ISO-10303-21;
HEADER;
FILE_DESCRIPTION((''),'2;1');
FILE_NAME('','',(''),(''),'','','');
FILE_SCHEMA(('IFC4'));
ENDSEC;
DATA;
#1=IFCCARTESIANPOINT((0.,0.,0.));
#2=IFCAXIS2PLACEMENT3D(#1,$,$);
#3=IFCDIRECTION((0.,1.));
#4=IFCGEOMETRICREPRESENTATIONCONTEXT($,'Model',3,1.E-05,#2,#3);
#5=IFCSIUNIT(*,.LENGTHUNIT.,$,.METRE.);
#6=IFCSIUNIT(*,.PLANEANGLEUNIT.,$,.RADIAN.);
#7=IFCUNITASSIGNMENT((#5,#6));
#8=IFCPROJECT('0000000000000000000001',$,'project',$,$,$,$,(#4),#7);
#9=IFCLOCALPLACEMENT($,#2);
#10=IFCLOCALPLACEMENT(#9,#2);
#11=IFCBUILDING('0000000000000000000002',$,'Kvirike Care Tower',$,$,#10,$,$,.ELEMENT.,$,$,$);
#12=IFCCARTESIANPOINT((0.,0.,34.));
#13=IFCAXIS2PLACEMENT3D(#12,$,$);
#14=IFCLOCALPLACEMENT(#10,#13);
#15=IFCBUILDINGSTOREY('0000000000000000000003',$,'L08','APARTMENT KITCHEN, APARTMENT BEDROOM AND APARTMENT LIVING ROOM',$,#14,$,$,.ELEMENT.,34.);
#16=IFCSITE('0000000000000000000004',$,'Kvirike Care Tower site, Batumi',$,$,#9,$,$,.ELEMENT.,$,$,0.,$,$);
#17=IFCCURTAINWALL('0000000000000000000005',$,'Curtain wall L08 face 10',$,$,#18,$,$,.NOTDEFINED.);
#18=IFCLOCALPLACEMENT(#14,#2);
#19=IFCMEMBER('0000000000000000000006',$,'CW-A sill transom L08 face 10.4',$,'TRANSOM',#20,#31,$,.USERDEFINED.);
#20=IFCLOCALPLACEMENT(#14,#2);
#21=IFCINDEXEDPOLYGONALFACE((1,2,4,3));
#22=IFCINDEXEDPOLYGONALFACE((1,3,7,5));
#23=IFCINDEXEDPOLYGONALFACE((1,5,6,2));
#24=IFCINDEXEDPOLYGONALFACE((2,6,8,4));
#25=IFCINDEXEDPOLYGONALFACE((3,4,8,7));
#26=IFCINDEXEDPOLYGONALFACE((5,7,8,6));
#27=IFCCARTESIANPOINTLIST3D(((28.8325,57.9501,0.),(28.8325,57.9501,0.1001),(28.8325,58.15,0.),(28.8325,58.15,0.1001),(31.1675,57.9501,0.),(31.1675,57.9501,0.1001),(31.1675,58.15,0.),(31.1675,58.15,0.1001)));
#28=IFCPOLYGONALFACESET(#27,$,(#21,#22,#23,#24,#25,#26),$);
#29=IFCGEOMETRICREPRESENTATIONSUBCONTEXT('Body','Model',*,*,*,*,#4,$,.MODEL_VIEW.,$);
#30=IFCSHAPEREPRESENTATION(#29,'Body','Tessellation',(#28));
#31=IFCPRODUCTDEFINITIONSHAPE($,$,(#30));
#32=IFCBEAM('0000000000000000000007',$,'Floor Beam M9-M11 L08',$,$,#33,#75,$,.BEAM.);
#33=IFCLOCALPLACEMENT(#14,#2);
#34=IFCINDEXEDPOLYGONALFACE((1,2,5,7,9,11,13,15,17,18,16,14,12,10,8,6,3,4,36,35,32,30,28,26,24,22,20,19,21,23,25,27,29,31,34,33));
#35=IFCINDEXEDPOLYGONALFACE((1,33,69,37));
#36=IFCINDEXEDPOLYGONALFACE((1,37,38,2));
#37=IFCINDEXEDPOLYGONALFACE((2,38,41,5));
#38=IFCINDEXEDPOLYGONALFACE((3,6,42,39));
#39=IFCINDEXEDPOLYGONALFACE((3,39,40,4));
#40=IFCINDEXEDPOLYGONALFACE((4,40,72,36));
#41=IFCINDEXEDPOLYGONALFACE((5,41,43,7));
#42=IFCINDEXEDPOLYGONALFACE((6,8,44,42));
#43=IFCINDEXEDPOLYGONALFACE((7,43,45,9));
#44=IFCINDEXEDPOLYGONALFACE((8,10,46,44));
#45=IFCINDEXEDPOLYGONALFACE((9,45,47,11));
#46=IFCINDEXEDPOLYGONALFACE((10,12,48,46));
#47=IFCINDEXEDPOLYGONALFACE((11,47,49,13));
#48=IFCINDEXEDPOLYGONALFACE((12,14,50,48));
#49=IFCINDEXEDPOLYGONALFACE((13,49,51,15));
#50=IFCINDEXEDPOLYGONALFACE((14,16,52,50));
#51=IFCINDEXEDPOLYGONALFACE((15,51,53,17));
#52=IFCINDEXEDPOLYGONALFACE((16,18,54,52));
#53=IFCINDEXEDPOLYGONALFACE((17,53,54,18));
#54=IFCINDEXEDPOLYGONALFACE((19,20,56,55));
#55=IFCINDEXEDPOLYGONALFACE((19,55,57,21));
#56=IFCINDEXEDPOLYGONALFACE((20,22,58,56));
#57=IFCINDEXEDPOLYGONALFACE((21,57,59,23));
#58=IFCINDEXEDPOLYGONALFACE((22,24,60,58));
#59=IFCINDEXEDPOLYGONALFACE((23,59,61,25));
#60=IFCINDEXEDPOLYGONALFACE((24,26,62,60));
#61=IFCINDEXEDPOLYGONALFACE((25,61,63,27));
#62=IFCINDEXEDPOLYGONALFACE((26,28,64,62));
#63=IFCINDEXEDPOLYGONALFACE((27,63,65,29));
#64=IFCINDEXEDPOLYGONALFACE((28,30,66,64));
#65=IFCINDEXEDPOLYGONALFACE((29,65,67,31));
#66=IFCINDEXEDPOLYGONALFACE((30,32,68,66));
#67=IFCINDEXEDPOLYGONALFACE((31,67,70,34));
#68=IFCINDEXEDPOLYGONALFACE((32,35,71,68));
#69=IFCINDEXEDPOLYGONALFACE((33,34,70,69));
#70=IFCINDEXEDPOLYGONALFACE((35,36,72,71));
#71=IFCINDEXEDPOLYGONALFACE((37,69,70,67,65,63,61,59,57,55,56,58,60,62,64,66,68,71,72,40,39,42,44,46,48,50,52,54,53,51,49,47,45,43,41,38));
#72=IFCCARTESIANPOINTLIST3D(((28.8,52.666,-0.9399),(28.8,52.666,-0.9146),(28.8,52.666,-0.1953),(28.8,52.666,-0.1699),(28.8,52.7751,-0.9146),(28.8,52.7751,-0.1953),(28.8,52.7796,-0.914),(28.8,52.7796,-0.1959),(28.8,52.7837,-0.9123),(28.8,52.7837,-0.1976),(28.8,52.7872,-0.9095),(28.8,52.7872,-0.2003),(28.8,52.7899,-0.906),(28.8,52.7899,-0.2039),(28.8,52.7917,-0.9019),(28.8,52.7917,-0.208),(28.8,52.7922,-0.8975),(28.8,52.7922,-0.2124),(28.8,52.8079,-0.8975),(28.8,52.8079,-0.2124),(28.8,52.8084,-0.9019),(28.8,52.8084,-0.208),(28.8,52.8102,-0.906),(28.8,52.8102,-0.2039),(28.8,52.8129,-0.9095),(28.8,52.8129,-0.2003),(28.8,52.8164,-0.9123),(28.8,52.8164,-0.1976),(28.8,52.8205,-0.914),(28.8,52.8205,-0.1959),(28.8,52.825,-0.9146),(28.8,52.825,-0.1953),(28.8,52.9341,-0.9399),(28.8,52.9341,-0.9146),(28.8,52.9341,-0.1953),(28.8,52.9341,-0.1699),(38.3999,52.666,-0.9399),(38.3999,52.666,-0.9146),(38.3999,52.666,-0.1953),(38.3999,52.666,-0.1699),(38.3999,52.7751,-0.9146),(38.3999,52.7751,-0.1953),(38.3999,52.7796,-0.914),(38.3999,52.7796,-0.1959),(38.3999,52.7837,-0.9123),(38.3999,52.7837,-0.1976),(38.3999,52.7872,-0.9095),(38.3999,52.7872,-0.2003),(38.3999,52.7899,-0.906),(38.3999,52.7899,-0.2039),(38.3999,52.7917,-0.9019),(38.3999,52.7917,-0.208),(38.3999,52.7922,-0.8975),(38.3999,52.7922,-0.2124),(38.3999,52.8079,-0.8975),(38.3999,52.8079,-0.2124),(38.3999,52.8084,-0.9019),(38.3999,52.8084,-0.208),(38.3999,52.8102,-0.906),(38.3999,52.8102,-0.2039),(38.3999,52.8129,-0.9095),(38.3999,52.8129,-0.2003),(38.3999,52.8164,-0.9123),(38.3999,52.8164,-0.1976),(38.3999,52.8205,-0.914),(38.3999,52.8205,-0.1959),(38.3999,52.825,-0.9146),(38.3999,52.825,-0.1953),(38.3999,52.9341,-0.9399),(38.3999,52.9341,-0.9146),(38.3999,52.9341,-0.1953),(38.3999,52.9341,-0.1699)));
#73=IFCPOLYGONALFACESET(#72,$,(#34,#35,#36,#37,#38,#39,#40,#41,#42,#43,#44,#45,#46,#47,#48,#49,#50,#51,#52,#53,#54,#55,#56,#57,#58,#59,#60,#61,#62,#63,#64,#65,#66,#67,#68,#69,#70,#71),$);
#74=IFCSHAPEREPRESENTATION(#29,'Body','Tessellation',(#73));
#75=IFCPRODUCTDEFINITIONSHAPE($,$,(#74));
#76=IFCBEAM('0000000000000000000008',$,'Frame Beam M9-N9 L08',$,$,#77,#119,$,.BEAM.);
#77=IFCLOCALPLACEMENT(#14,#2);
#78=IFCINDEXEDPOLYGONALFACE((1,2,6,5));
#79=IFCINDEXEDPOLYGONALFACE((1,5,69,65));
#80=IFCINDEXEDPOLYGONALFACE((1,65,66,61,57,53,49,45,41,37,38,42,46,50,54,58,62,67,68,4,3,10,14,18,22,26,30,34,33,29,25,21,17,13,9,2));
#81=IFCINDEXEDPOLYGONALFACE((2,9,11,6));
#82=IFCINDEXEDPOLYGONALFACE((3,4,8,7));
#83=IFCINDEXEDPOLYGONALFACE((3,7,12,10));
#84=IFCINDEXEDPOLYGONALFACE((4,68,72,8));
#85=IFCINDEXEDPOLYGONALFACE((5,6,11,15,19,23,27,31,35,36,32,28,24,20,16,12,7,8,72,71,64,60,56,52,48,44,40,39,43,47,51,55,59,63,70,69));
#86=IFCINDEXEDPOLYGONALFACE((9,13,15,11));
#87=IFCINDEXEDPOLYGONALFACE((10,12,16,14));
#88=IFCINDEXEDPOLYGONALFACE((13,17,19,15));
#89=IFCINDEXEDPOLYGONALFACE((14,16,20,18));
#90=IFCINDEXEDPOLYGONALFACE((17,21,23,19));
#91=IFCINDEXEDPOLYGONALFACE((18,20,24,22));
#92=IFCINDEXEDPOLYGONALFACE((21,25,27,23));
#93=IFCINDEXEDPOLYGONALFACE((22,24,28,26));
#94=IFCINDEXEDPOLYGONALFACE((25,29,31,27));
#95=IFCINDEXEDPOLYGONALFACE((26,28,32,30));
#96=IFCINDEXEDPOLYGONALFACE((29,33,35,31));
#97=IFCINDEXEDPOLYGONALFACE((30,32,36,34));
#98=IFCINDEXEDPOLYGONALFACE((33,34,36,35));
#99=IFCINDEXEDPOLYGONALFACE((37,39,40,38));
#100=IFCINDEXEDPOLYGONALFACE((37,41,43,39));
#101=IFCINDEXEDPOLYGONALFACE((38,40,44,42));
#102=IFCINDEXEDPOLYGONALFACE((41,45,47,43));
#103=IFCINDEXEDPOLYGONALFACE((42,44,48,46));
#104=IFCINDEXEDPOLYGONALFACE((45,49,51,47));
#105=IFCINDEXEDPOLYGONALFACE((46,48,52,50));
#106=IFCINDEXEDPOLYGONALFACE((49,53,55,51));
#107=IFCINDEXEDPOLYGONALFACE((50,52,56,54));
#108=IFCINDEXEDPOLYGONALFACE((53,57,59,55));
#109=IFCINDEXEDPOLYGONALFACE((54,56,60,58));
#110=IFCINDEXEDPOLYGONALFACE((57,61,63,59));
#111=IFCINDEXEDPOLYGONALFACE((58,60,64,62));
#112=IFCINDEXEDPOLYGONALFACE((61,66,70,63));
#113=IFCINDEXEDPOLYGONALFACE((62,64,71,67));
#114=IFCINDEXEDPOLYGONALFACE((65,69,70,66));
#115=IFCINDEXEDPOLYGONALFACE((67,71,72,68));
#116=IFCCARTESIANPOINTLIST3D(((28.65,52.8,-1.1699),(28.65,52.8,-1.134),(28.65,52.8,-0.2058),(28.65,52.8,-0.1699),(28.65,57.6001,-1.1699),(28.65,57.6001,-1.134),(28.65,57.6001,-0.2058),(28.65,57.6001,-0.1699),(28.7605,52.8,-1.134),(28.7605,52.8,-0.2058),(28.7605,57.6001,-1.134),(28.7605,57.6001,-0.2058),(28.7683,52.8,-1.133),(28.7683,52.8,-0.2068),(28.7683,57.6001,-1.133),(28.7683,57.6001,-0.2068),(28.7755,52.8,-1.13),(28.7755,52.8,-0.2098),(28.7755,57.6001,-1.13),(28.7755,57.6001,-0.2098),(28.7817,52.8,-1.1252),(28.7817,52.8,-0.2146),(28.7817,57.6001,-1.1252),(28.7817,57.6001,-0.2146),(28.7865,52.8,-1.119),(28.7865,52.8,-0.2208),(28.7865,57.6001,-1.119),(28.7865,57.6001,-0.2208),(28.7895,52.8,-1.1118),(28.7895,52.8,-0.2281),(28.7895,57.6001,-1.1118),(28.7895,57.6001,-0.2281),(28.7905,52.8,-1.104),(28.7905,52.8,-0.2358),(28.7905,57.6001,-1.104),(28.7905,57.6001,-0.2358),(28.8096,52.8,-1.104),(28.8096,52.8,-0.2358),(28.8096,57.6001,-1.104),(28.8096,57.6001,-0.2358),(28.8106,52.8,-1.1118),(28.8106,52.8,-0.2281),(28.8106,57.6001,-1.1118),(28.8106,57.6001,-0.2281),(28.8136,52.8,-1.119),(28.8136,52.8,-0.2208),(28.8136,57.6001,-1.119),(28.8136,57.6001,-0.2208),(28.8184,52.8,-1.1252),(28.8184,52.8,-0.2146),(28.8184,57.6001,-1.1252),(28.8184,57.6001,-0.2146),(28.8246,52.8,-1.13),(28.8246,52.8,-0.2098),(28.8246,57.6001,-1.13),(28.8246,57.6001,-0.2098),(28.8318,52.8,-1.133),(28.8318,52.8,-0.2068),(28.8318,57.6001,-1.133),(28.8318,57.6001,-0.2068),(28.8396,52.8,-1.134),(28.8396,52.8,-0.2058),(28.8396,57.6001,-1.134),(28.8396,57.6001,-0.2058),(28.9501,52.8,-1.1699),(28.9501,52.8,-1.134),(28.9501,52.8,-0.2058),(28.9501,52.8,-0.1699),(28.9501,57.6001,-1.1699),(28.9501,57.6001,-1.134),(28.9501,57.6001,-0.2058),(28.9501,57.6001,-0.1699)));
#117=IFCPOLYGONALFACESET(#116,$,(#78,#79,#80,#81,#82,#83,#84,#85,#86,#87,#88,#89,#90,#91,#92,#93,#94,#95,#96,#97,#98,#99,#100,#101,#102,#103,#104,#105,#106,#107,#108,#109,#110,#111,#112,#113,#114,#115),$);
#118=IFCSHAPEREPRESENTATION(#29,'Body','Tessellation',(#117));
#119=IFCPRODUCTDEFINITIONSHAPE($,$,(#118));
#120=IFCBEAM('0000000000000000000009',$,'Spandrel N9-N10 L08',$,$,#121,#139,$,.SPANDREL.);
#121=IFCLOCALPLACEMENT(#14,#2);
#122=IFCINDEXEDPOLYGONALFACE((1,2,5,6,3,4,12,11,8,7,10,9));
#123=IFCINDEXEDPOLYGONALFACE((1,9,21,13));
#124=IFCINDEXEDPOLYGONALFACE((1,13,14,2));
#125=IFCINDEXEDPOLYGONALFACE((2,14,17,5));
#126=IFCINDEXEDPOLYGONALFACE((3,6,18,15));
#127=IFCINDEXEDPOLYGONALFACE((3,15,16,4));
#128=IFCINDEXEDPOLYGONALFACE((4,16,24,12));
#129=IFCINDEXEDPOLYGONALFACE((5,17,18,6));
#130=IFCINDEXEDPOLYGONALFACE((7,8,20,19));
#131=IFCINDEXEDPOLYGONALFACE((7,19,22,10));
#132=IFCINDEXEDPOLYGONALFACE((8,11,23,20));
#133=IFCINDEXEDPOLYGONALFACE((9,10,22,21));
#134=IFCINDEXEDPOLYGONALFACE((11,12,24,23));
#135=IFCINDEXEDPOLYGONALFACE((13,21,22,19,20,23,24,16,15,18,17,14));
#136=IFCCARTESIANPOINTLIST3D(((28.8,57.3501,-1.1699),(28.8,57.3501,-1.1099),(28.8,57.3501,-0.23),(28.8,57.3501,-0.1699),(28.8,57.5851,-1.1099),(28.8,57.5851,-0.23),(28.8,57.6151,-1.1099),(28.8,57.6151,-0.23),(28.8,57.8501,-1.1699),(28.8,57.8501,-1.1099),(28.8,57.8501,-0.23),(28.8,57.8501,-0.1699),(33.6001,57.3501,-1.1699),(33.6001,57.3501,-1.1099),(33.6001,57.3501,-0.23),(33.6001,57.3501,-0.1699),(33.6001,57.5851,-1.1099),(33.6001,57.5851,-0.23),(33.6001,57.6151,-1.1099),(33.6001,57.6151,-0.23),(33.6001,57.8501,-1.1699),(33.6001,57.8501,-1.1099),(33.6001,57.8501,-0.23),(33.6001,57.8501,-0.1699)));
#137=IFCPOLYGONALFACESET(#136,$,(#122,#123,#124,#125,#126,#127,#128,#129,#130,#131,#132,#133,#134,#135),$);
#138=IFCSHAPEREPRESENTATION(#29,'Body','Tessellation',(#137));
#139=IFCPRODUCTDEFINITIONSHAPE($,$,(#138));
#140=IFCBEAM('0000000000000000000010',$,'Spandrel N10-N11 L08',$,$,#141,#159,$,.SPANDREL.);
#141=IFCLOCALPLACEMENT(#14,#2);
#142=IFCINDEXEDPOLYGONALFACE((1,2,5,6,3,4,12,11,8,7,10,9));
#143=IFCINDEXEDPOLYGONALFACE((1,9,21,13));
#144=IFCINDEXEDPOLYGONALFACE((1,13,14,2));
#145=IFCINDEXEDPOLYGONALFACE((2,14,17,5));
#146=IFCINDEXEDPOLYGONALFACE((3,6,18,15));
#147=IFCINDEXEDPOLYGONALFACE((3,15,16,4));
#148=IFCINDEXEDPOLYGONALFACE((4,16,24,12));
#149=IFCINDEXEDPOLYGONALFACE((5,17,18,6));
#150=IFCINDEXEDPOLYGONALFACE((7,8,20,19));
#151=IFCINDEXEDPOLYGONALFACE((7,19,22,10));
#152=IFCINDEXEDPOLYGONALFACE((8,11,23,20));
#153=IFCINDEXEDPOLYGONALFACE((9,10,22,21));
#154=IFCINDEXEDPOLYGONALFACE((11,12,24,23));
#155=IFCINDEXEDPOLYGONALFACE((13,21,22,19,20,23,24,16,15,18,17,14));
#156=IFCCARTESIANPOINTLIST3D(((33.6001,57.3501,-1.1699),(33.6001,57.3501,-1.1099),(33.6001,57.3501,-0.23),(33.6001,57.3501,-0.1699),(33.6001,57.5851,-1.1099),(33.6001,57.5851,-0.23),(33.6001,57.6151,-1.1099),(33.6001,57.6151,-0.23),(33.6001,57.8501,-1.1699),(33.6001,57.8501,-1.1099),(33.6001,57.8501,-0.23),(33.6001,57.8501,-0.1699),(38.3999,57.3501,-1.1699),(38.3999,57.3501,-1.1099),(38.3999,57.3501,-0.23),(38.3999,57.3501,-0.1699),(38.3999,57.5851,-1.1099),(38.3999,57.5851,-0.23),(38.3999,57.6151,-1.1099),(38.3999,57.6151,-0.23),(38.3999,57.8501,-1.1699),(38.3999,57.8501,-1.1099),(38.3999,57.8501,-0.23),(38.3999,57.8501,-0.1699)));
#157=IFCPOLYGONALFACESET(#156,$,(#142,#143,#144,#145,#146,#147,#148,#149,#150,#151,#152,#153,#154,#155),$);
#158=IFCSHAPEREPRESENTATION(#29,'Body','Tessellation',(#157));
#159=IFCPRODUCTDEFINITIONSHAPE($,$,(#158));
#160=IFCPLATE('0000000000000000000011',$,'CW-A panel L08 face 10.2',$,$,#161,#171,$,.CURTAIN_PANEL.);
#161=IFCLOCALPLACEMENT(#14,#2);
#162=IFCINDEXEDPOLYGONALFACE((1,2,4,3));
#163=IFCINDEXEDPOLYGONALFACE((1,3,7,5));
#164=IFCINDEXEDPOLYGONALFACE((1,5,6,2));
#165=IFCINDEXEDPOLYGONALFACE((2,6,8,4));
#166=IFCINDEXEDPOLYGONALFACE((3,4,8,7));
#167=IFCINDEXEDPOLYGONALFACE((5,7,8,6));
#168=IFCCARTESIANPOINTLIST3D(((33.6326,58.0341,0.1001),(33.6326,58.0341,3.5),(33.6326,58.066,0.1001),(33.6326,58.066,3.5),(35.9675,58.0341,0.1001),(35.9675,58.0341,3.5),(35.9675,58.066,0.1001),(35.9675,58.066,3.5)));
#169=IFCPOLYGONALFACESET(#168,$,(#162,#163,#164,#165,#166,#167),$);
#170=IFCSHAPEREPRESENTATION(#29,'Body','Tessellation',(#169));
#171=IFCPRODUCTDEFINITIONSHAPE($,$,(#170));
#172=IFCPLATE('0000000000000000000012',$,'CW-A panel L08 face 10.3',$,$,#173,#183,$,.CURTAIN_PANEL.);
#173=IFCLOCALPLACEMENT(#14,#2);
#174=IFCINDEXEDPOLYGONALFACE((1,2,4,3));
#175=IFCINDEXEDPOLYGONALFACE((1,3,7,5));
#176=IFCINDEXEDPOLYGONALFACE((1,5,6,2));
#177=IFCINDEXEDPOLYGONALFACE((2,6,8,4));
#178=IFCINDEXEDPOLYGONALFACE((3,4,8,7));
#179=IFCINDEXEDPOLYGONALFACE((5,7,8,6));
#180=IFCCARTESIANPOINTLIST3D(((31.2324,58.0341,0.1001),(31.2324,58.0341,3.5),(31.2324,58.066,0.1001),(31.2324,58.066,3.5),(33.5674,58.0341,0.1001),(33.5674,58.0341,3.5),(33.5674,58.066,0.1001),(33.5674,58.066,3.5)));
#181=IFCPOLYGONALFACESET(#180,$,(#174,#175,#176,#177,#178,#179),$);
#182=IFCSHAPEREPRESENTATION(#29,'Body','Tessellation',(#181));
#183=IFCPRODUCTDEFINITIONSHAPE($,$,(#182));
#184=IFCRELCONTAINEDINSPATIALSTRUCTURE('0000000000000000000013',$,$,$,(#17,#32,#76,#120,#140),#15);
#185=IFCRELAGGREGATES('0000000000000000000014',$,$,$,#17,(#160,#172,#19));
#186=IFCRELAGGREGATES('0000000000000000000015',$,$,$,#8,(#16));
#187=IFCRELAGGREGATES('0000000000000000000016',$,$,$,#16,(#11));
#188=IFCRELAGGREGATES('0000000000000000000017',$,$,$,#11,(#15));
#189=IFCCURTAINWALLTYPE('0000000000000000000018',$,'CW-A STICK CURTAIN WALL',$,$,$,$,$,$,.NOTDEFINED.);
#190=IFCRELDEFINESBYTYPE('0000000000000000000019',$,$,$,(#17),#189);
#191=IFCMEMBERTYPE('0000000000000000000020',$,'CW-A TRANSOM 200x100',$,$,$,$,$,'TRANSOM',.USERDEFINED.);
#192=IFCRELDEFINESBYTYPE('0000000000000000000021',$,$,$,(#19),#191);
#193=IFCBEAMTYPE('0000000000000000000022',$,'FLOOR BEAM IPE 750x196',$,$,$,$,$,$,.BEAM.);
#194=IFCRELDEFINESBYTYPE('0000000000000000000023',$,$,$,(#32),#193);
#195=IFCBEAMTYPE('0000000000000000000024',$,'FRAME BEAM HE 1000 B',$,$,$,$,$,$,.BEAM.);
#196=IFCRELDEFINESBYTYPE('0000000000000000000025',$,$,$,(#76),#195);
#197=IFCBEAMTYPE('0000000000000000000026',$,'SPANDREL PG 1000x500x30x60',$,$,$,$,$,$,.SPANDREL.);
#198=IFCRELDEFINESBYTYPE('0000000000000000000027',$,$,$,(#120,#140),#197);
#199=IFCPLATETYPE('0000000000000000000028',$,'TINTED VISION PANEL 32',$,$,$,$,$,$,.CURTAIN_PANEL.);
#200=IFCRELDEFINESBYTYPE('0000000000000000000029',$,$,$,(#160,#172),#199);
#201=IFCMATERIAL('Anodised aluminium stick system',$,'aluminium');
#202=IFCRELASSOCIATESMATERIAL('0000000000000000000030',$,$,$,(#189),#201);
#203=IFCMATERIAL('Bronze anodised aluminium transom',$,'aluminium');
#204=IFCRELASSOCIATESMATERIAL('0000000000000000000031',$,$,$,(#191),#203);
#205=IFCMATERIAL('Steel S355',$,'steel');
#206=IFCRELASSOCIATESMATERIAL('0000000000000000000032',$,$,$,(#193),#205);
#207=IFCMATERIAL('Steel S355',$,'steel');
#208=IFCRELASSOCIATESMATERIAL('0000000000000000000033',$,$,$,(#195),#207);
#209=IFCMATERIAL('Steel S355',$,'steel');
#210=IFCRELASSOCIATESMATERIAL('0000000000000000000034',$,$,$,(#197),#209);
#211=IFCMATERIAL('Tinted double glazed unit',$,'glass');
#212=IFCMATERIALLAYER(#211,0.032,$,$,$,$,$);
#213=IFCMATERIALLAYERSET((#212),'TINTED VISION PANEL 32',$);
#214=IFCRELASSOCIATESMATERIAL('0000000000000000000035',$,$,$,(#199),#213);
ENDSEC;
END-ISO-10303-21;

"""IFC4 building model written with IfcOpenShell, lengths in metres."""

from ifc_helpers import new_model, si_unit, direction, frame, origin, origin_2d, place, context, subcontext, project, spatial, rectangle, i_section, extrude, material, layer, layer_set, material_profile, profile_set, type_object, element, aggregate, save


model = new_model("IFC4")

# Units and contexts
model_context = context("Model", 3, precision=1e-05, world=origin(), true_north=direction((0.0, 1.0)))
body_context = subcontext(model_context, "Body", "Model", "MODEL_VIEW")
ifc_project = project(units=[si_unit("LENGTHUNIT", "METRE"), si_unit("PLANEANGLEUNIT", "RADIAN")], contexts=[model_context])

# Site, building, storey
site_placement = place(None, origin())
site = spatial("IfcSite", under=ifc_project, at=site_placement, Name="Kvirike Care Tower site, Batumi", CompositionType="ELEMENT", RefElevation=0.0)
building_placement = place(site_placement, origin())
building = spatial("IfcBuilding", under=site, at=building_placement, Name="Kvirike Care Tower", CompositionType="ELEMENT")
storey_placement = place(building_placement, frame((0.0, 0.0, 34.0)))
storey = spatial("IfcBuildingStorey", under=building, at=storey_placement, Name="L08", Description="APARTMENT KITCHEN, APARTMENT BEDROOM AND APARTMENT LIVING ROOM", CompositionType="ELEMENT", Elevation=34.0)

# Curtain wall, member
ifc_material_1 = material(Name="Anodised aluminium stick system", Category="aluminium")
curtain_wall_type = type_object("IfcCurtainWallType", Name="CW-A STICK CURTAIN WALL", PredefinedType="NOTDEFINED", material=ifc_material_1)
curtain_wall_placement = place(storey_placement, origin())
curtain_wall = element("IfcCurtainWall", 1, at=curtain_wall_placement, inside=storey, type_object=curtain_wall_type, Name="Curtain wall L08 face 10", PredefinedType="NOTDEFINED")
ifc_material_2 = material(Name="Bronze anodised aluminium transom", Category="aluminium")
ifc_material_profile_1 = material_profile(ifc_material_2, rectangle(XDim=0.2, YDim=0.1001, at=origin_2d()), Name="CW-A TRANSOM 200x100")
ifc_profile_set_1 = profile_set([ifc_material_profile_1], Name="Bronze anodised aluminium transom")
member_type_1 = type_object("IfcMemberType", Name="CW-A TRANSOM 200x100", ElementType="TRANSOM", PredefinedType="USERDEFINED", material=ifc_profile_set_1)
member_1_placement = place(storey_placement, frame((31.1675, 58.05, 0.05), z_axis=(-1.0, 0.0, 0.0), x_axis=(0.0, -1.0, 0.0)))
member_1 = element("IfcMember", 2, at=member_1_placement, type_object=member_type_1, Name="CW-A sill transom L08 face 10.4", ObjectType="TRANSOM", PredefinedType="USERDEFINED", context=body_context, shape_type="SweptSolid", body=[
    extrude(rectangle(XDim=0.2, YDim=0.1001, at=origin_2d()), origin(), (0.0, 0.0, 1.0), 2.335),
])

# Beams
ifc_material_3 = material(Name="Steel S355", Category="steel")
ifc_material_profile_2 = material_profile(ifc_material_3, i_section(OverallWidth=0.2681, OverallDepth=0.77, WebThickness=0.0156, FlangeThickness=0.0254, FilletRadius=0.0171, at=origin_2d()), Name="IPE 750x196")
ifc_profile_set_2 = profile_set([ifc_material_profile_2], Name="Steel S355")
beam_type_1 = type_object("IfcBeamType", Name="FLOOR BEAM IPE 750x196", PredefinedType="BEAM", material=ifc_profile_set_2)
beam_1_placement = place(storey_placement, frame((28.8, 52.8, -0.5549), z_axis=(1.0, 0.0, 0.0), x_axis=(0.0, 1.0, 0.0)))
element("IfcBeam", 3, at=beam_1_placement, inside=storey, type_object=beam_type_1, Name="Floor Beam M9-M11 L08", PredefinedType="BEAM", context=body_context, shape_type="SweptSolid", body=[
    extrude(i_section(OverallWidth=0.2681, OverallDepth=0.77, WebThickness=0.0156, FlangeThickness=0.0254, FilletRadius=0.0171, at=origin_2d()), origin(), (0.0, 0.0, 1.0), 9.5999),
])
ifc_material_4 = material(Name="Steel S355", Category="steel")
ifc_material_profile_3 = material_profile(ifc_material_4, i_section(OverallWidth=0.3, OverallDepth=1.0, WebThickness=0.019, FlangeThickness=0.0359, FilletRadius=0.03, at=origin_2d()), Name="HE 1000 B")
ifc_profile_set_3 = profile_set([ifc_material_profile_3], Name="Steel S355")
beam_type_2 = type_object("IfcBeamType", Name="FRAME BEAM HE 1000 B", PredefinedType="BEAM", material=ifc_profile_set_3)
beam_2_placement = place(storey_placement, frame((28.8, 52.8, -0.6699), z_axis=(0.0, 1.0, 0.0), x_axis=(-1.0, 0.0, 0.0)))
element("IfcBeam", 4, at=beam_2_placement, inside=storey, type_object=beam_type_2, Name="Frame Beam M9-N9 L08", PredefinedType="BEAM", context=body_context, shape_type="SweptSolid", body=[
    extrude(i_section(OverallWidth=0.3, OverallDepth=1.0, WebThickness=0.019, FlangeThickness=0.0359, FilletRadius=0.03, at=origin_2d()), origin(), (0.0, 0.0, 1.0), 4.8),
])
ifc_material_5 = material(Name="Steel S355", Category="steel")
ifc_material_profile_4 = material_profile(ifc_material_5, i_section(OverallWidth=0.5, OverallDepth=1.0, WebThickness=0.03, FlangeThickness=0.0601, at=origin_2d()), Name="PG 1000x500x30x60")
ifc_profile_set_4 = profile_set([ifc_material_profile_4], Name="Steel S355")
beam_type_3 = type_object("IfcBeamType", Name="SPANDREL PG 1000x500x30x60", PredefinedType="SPANDREL", material=ifc_profile_set_4)
beam_3_placement = place(storey_placement, frame((28.8, 57.6001, -0.6699), z_axis=(1.0, 0.0, 0.0), x_axis=(0.0, 1.0, 0.0)))
element("IfcBeam", 5, at=beam_3_placement, inside=storey, type_object=beam_type_3, Name="Spandrel N9-N10 L08", PredefinedType="SPANDREL", context=body_context, shape_type="SweptSolid", body=[
    extrude(i_section(OverallWidth=0.5, OverallDepth=1.0, WebThickness=0.03, FlangeThickness=0.0601, at=origin_2d()), origin(), (0.0, 0.0, 1.0), 4.8),
])
beam_4_placement = place(storey_placement, frame((33.6001, 57.6001, -0.6699), z_axis=(1.0, 0.0, 0.0), x_axis=(0.0, 1.0, 0.0)))
element("IfcBeam", 6, at=beam_4_placement, inside=storey, type_object=beam_type_3, Name="Spandrel N10-N11 L08", PredefinedType="SPANDREL", context=body_context, shape_type="SweptSolid", body=[
    extrude(i_section(OverallWidth=0.5, OverallDepth=1.0, WebThickness=0.03, FlangeThickness=0.0601, at=origin_2d()), origin(), (0.0, 0.0, 1.0), 4.7998),
])

# Plates
ifc_material_6 = material(Name="Tinted double glazed unit", Category="glass")
ifc_layer_1 = layer(ifc_material_6, 0.032)
ifc_layer_set_1 = layer_set([ifc_layer_1], Name="TINTED VISION PANEL 32")
plate_type = type_object("IfcPlateType", Name="TINTED VISION PANEL 32", PredefinedType="CURTAIN_PANEL", material=ifc_layer_set_1)
plate_1_placement = place(storey_placement, frame((34.8, 58.05, 0.1001), z_axis=(0.0, 0.0, 1.0), x_axis=(-1.0, 0.0, 0.0)))
plate_1 = element("IfcPlate", 7, at=plate_1_placement, type_object=plate_type, Name="CW-A panel L08 face 10.2", PredefinedType="CURTAIN_PANEL", context=body_context, shape_type="SweptSolid", body=[
    extrude(rectangle(XDim=2.335, YDim=0.032, at=origin_2d()), origin(), (0.0, 0.0, 1.0), 3.3999),
])
plate_2_placement = place(storey_placement, frame((32.3999, 58.05, 0.1001), z_axis=(0.0, 0.0, 1.0), x_axis=(-1.0, 0.0, 0.0)))
plate_2 = element("IfcPlate", 8, at=plate_2_placement, type_object=plate_type, Name="CW-A panel L08 face 10.3", PredefinedType="CURTAIN_PANEL", context=body_context, shape_type="SweptSolid", body=[
    extrude(rectangle(XDim=2.335, YDim=0.032, at=origin_2d()), origin(), (0.0, 0.0, 1.0), 3.3999),
])
aggregate(curtain_wall, [plate_1, plate_2, member_1])

save(model, "model.ifc")
